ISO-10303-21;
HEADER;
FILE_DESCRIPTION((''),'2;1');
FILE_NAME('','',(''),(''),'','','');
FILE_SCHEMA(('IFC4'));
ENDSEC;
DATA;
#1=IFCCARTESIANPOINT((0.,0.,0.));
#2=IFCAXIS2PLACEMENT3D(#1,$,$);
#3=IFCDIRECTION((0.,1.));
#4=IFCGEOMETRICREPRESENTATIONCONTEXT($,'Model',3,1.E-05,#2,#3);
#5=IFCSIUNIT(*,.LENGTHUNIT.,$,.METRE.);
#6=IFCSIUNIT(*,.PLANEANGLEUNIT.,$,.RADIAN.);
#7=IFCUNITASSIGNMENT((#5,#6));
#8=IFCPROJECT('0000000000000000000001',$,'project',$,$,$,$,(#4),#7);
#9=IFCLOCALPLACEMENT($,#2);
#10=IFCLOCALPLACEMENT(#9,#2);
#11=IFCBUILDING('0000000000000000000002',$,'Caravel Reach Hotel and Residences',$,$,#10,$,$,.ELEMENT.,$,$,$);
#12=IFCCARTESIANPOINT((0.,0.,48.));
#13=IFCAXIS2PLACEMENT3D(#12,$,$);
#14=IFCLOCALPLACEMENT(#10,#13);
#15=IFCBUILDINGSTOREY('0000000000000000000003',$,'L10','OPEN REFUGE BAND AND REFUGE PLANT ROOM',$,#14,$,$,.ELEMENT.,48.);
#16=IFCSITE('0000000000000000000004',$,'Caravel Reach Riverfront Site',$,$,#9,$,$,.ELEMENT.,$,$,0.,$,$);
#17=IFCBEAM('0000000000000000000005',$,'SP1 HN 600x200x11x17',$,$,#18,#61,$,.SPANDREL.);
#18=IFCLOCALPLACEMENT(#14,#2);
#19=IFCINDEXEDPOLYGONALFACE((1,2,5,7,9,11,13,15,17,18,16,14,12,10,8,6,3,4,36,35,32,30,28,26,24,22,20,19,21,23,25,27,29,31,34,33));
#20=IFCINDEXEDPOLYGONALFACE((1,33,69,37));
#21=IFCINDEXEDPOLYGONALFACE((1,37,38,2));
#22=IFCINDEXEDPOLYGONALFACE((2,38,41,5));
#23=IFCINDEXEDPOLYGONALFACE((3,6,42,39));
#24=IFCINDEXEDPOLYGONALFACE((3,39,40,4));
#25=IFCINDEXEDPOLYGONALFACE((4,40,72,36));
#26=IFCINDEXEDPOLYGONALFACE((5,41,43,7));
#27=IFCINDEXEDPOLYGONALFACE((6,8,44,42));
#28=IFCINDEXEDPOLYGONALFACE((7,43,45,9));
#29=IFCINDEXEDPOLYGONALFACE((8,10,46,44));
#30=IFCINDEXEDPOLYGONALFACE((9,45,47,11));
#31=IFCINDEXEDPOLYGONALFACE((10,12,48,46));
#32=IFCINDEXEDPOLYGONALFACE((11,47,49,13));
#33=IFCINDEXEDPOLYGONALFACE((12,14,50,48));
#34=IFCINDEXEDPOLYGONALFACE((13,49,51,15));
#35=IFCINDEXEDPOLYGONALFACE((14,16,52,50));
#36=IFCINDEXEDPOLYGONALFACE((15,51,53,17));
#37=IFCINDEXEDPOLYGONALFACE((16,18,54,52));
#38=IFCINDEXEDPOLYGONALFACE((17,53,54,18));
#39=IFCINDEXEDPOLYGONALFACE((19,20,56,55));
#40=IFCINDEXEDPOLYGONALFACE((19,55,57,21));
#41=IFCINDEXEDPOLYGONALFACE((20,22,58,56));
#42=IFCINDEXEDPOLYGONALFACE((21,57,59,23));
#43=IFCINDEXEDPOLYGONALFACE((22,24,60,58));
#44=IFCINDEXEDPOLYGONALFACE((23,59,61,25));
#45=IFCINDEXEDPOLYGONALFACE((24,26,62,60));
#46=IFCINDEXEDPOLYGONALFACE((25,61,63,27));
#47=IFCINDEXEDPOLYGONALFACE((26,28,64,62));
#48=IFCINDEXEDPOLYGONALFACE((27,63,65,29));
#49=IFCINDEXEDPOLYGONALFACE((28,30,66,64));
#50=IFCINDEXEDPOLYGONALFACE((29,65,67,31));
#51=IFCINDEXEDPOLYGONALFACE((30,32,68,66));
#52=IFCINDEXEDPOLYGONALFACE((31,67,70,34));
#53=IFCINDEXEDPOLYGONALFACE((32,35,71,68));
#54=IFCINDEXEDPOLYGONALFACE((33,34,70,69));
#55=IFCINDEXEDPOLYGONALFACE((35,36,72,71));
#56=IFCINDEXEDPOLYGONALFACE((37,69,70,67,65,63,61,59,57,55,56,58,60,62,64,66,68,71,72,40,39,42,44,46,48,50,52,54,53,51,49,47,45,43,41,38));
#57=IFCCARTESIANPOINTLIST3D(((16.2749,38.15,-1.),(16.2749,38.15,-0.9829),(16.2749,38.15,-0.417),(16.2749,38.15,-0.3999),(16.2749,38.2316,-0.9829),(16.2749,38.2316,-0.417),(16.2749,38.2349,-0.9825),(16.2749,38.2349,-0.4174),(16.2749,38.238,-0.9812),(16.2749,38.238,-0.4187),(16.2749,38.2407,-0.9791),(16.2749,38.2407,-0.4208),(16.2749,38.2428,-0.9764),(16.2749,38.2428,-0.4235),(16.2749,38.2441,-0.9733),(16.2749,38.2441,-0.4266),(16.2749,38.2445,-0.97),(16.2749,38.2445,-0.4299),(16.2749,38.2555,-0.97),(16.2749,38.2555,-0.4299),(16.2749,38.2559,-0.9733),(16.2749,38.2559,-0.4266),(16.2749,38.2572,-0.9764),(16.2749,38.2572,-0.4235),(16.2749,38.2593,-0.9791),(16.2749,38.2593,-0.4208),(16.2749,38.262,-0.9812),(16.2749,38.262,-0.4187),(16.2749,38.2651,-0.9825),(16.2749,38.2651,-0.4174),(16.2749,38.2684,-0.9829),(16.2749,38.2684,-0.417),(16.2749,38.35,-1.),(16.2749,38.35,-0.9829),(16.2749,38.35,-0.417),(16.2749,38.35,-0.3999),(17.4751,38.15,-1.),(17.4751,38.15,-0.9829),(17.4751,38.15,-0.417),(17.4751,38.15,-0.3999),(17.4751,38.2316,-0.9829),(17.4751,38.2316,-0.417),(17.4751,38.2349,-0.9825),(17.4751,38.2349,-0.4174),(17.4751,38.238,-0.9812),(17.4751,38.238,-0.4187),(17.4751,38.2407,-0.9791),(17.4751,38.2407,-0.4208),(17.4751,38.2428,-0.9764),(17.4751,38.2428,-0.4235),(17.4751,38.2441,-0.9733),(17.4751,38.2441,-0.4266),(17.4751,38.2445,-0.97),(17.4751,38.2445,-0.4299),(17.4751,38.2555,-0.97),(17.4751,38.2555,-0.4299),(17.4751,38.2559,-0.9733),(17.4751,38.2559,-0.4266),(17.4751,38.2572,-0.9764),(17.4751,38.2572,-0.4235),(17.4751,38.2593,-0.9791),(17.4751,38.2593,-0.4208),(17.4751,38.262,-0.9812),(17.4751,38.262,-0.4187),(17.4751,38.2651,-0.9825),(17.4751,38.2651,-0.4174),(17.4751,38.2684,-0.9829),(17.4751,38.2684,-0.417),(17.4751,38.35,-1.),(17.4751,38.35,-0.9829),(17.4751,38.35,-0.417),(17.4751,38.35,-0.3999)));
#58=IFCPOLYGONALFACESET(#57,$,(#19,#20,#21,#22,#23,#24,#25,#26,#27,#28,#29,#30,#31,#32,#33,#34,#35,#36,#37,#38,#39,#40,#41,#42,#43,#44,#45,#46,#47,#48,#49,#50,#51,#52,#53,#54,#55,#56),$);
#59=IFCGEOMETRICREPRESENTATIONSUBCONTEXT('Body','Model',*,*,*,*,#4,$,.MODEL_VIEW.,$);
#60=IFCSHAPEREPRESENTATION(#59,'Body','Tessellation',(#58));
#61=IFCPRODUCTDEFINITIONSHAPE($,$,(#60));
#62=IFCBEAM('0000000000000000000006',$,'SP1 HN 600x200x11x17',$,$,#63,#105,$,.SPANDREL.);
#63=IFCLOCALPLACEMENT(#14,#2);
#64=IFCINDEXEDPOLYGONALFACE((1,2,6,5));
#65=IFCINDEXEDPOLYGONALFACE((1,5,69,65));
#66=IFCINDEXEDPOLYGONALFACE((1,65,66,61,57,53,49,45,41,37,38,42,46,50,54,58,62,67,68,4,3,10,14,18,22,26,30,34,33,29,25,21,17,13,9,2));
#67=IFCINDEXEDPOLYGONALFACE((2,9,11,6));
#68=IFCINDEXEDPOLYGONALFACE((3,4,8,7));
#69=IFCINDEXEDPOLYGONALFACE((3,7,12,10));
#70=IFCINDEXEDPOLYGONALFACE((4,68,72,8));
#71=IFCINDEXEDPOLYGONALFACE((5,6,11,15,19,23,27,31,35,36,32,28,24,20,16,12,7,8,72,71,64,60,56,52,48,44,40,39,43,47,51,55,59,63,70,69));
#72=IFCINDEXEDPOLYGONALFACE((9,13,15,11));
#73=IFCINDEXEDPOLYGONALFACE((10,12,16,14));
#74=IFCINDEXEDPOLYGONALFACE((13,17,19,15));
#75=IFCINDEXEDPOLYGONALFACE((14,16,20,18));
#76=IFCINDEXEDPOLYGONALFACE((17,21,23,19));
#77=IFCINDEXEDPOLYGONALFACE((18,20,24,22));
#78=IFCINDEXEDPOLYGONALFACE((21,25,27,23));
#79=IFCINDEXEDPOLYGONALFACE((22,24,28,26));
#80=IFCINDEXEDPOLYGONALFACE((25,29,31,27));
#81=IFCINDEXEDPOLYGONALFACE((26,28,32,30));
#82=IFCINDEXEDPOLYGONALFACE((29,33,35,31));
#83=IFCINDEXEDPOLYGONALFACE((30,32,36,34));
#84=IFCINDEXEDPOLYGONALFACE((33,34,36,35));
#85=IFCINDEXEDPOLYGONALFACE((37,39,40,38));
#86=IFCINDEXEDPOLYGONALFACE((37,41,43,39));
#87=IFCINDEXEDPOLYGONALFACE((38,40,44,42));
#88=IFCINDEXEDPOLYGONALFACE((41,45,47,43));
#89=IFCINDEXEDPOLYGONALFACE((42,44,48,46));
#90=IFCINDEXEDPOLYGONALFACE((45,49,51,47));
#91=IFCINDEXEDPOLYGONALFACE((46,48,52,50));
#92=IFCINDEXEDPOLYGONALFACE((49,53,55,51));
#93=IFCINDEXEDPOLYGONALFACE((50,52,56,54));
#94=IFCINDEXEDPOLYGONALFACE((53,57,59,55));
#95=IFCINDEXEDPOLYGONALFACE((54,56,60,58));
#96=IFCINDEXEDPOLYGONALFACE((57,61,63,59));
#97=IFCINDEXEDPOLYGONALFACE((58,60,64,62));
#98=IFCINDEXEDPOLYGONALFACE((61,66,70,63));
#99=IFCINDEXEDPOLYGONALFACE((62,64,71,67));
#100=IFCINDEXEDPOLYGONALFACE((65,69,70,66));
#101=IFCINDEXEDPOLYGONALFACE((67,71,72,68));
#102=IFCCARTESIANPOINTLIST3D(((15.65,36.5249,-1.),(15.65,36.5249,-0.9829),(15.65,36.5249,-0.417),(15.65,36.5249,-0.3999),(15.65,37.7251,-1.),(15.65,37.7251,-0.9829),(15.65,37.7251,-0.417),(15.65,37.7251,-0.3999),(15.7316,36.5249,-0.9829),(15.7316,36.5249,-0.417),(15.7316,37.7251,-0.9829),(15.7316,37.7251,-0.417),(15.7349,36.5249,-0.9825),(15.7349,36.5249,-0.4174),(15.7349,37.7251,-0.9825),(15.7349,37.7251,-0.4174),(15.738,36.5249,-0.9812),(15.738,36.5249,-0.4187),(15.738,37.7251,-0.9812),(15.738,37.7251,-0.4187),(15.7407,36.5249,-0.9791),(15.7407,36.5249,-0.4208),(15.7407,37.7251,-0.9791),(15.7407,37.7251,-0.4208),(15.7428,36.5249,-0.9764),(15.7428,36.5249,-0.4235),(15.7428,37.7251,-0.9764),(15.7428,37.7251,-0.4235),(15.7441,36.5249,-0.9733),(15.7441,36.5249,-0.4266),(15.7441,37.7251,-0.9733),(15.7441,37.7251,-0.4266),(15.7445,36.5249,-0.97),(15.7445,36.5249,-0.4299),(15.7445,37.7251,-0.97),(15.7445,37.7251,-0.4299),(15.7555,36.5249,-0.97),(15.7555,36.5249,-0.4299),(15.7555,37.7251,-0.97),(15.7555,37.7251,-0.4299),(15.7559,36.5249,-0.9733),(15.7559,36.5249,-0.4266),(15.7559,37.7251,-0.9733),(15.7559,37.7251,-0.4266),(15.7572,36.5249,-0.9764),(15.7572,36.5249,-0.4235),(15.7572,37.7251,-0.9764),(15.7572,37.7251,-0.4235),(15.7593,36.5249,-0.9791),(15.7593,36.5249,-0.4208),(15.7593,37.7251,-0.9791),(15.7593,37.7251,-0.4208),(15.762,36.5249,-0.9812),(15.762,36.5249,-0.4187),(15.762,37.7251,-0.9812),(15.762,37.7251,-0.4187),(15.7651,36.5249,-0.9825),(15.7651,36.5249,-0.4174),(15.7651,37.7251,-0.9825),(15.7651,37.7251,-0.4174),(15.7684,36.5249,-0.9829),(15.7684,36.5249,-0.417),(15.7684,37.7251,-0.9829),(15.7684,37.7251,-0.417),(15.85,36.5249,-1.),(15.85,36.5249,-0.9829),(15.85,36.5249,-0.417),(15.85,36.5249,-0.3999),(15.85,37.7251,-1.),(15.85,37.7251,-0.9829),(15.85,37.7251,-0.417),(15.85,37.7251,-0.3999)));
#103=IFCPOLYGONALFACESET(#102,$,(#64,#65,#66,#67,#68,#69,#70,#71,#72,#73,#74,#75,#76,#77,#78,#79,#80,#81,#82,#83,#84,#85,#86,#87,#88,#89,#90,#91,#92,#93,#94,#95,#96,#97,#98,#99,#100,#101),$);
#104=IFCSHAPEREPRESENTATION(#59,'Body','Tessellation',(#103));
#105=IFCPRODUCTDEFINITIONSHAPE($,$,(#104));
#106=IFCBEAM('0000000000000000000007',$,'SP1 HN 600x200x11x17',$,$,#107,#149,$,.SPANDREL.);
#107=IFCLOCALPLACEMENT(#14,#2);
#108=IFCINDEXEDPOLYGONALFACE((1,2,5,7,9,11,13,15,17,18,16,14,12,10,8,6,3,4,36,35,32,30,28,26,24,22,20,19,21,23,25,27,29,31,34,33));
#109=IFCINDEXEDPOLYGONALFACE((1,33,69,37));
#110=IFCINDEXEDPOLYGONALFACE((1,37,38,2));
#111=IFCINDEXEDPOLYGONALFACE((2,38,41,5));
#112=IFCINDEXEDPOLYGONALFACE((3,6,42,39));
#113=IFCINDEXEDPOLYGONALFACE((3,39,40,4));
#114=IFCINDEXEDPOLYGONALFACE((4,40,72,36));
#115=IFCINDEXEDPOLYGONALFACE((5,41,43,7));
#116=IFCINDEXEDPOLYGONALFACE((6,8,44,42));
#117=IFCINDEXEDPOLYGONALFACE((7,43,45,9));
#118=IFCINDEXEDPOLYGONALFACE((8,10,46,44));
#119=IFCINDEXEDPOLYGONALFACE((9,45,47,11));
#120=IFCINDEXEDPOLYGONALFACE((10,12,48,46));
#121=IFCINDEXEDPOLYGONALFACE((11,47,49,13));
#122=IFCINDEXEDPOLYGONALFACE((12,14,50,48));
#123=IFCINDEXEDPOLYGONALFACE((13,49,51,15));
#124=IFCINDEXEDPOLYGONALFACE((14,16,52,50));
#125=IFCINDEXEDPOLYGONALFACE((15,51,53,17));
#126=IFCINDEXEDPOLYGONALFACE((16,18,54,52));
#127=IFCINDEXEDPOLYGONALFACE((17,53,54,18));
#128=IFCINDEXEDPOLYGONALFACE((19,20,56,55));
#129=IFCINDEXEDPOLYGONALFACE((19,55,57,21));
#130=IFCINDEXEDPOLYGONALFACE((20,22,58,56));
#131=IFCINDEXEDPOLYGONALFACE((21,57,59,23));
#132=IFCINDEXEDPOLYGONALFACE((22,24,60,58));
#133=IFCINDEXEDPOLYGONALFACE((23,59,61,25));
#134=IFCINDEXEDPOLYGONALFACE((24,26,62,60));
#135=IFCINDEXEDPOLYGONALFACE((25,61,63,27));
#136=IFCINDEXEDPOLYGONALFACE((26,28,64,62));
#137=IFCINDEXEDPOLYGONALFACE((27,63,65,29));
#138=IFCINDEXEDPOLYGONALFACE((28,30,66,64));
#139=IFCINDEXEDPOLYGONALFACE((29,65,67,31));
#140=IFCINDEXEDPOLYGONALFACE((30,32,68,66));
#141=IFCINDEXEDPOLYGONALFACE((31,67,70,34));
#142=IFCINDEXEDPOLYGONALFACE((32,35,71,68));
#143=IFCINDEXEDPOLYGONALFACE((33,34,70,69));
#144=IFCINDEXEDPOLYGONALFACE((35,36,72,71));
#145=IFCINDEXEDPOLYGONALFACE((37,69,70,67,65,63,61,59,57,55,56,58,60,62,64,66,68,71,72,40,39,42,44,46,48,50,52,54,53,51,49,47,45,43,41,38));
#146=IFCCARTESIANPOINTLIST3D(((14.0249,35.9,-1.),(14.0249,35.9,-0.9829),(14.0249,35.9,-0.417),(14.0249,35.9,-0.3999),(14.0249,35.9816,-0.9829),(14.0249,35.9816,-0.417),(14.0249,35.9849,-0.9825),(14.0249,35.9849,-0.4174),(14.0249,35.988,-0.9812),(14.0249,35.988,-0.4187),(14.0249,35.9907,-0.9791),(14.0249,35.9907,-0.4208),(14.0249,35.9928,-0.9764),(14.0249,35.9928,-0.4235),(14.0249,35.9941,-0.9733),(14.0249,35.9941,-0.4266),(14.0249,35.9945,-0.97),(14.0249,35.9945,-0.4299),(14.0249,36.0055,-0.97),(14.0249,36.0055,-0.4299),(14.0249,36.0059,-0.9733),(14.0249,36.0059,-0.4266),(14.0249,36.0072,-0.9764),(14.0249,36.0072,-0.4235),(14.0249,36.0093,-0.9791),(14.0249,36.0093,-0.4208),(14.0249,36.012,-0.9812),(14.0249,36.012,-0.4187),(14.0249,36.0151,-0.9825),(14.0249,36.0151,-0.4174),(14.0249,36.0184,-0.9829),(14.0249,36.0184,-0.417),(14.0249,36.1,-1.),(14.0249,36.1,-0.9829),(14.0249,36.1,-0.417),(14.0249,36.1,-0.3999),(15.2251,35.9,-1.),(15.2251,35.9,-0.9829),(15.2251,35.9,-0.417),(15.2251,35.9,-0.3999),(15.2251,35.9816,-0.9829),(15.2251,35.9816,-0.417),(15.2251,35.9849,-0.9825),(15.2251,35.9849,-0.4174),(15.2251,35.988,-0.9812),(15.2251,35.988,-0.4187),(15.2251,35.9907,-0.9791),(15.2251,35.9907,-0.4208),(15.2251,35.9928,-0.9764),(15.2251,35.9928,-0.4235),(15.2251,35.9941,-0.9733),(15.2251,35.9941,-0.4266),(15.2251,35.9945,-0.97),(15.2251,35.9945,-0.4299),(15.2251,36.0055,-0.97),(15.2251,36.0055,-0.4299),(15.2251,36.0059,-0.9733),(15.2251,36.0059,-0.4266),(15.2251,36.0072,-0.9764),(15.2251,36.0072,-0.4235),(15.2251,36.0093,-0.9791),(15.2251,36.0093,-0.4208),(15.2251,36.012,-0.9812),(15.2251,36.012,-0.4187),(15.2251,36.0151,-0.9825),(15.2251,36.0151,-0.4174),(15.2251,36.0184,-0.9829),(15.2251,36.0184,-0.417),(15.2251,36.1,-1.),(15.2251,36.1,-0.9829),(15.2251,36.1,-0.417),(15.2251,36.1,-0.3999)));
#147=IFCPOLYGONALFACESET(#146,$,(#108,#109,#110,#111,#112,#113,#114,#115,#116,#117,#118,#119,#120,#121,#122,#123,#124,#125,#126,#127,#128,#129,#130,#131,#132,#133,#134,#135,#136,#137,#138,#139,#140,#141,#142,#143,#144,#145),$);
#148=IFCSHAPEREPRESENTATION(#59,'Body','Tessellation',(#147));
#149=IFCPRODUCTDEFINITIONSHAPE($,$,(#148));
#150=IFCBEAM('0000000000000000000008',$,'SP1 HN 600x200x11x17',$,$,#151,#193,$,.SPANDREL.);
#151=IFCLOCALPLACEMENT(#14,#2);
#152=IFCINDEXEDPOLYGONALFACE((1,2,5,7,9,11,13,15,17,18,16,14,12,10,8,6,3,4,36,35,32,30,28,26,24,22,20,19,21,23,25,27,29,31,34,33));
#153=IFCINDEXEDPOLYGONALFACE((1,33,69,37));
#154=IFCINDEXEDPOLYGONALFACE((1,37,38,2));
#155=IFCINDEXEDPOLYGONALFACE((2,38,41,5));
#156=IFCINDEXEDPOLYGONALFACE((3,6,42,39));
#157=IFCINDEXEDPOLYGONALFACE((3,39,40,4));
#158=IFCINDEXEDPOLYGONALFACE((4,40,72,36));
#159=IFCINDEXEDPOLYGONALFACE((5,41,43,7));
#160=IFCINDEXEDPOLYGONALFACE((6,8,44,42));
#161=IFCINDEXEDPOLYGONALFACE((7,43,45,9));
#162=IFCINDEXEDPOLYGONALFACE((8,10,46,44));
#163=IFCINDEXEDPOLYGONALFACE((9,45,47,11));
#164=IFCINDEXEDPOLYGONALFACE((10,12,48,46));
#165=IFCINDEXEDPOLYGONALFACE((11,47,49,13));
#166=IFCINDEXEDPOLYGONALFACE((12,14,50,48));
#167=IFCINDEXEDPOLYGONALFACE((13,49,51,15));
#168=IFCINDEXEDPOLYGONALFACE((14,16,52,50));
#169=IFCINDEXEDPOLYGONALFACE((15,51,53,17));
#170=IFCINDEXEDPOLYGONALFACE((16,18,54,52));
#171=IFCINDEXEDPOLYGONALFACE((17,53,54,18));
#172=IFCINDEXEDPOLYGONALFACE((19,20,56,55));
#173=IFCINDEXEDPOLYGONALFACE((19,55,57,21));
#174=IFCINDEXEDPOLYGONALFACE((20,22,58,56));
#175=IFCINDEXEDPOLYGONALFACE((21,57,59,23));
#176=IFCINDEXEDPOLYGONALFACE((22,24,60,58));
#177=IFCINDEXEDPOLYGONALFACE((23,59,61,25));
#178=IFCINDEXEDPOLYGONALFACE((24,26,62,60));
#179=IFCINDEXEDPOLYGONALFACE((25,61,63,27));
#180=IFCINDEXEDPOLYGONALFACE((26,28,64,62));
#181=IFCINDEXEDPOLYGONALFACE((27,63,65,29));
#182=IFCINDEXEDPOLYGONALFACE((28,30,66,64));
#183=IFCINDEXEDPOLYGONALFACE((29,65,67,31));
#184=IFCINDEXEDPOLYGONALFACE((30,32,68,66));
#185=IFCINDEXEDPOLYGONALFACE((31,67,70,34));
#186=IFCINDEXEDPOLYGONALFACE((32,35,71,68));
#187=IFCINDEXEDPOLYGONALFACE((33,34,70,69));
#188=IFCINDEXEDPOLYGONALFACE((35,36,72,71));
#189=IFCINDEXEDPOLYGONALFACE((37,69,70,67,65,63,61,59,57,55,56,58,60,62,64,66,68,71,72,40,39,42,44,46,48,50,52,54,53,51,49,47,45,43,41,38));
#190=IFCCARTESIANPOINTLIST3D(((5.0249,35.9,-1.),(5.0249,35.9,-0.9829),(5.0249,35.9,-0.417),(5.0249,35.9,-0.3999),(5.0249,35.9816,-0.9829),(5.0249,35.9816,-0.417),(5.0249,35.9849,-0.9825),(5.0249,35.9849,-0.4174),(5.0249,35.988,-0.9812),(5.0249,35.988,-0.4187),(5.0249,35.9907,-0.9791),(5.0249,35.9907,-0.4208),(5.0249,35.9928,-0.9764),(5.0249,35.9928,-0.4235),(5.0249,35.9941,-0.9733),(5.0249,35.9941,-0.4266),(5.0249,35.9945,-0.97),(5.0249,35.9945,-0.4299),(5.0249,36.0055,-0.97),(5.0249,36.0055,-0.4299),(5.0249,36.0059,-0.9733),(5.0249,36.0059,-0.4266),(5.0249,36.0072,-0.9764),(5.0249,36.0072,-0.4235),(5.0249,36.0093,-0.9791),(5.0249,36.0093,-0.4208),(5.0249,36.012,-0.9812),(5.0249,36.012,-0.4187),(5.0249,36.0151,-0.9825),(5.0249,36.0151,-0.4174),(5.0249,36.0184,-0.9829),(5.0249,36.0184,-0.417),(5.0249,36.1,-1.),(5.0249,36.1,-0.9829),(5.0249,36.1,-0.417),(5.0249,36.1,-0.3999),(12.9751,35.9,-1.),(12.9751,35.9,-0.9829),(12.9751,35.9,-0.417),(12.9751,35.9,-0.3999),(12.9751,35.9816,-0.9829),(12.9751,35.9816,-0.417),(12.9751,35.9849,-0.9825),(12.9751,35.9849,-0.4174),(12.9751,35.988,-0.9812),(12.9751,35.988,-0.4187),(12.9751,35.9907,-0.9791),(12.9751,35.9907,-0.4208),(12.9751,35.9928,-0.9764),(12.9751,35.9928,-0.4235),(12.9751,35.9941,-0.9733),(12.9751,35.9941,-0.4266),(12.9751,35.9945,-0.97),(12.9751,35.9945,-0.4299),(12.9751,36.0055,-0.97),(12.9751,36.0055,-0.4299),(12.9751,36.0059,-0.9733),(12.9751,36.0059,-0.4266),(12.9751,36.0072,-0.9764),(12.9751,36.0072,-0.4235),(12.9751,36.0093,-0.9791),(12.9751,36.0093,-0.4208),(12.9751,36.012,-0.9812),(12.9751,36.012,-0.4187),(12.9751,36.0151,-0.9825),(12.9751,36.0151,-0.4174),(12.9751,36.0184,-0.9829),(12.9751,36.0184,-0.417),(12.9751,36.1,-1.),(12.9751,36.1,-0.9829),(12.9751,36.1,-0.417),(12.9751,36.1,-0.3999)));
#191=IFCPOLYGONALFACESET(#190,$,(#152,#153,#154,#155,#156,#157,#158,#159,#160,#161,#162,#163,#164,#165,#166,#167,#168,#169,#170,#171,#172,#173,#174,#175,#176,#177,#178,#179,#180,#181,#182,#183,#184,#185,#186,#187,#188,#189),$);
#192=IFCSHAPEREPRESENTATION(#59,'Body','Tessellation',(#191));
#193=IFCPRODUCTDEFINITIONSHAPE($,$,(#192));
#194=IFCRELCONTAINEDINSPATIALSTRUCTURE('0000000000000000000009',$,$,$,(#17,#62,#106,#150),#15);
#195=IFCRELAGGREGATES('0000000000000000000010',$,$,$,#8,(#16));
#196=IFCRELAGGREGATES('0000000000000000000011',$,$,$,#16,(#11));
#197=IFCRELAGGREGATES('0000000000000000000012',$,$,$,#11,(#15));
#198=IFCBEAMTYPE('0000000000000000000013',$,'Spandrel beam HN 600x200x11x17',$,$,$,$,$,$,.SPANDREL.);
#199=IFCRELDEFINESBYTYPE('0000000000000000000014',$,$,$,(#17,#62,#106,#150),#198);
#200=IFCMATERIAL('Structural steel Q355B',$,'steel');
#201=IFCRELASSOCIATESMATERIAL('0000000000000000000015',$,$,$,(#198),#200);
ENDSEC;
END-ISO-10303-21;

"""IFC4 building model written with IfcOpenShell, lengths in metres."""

from ifc_helpers import new_model, si_unit, direction, frame, origin, origin_2d, place, context, subcontext, project, spatial, i_section, extrude, material, material_profile, profile_set, type_object, element, save


model = new_model("IFC4")

# Units and contexts
model_context = context("Model", 3, precision=1e-05, world=origin(), true_north=direction((0.0, 1.0)))
body_context = subcontext(model_context, "Body", "Model", "MODEL_VIEW")
ifc_project = project(units=[si_unit("LENGTHUNIT", "METRE"), si_unit("PLANEANGLEUNIT", "RADIAN")], contexts=[model_context])

# Site, building, storey
site_placement = place(None, origin())
site = spatial("IfcSite", under=ifc_project, at=site_placement, Name="Caravel Reach Riverfront Site", CompositionType="ELEMENT", RefElevation=0.0)
building_placement = place(site_placement, origin())
building = spatial("IfcBuilding", under=site, at=building_placement, Name="Caravel Reach Hotel and Residences", CompositionType="ELEMENT")
storey_placement = place(building_placement, frame((0.0, 0.0, 48.0)))
storey = spatial("IfcBuildingStorey", under=building, at=storey_placement, Name="L10", Description="OPEN REFUGE BAND AND REFUGE PLANT ROOM", CompositionType="ELEMENT", Elevation=48.0)

# Beams
ifc_material_1 = material(Name="Structural steel Q355B", Category="steel")
ifc_material_profile_1 = material_profile(ifc_material_1, i_section(OverallWidth=0.2, OverallDepth=0.6001, WebThickness=0.011, FlangeThickness=0.0171, FilletRadius=0.0129, at=origin_2d()), Name="HN 600x200x11x17")
ifc_profile_set_1 = profile_set([ifc_material_profile_1], Name="Structural steel Q355B")
beam_type_1 = type_object("IfcBeamType", Name="Spandrel beam HN 600x200x11x17", PredefinedType="SPANDREL", material=ifc_profile_set_1)
for number, where, z_axis, x_axis, name in (
    (1, (17.4751, 38.25, -0.7), (-1.0, 0.0, 0.0), (0.0, -1.0, 0.0), "SP1 HN 600x200x11x17"),
    (2, (15.75, 37.7251, -0.7), (0.0, -1.0, 0.0), (1.0, 0.0, 0.0), "SP1 HN 600x200x11x17"),
    (3, (15.2251, 36.0, -0.7), (-1.0, 0.0, 0.0), (0.0, -1.0, 0.0), "SP1 HN 600x200x11x17"),
):
    element("IfcBeam", number, at=place(storey_placement, frame(where, z_axis=z_axis, x_axis=x_axis)), inside=storey, type_object=beam_type_1, Name=name, PredefinedType="SPANDREL", context=body_context, shape_type="SweptSolid", body=[
        extrude(i_section(OverallWidth=0.2, OverallDepth=0.6001, WebThickness=0.011, FlangeThickness=0.0171, FilletRadius=0.0129, at=origin_2d()), origin(), (0.0, 0.0, 1.0), 1.2002),
    ])
beam_1_placement = place(storey_placement, frame((12.9751, 36.0, -0.7), z_axis=(-1.0, 0.0, 0.0), x_axis=(0.0, -1.0, 0.0)))
element("IfcBeam", 4, at=beam_1_placement, inside=storey, type_object=beam_type_1, Name="SP1 HN 600x200x11x17", PredefinedType="SPANDREL", context=body_context, shape_type="SweptSolid", body=[
    extrude(i_section(OverallWidth=0.2, OverallDepth=0.6001, WebThickness=0.011, FlangeThickness=0.0171, FilletRadius=0.0129, at=origin_2d()), origin(), (0.0, 0.0, 1.0), 7.9502),
])

save(model, "model.ifc")
